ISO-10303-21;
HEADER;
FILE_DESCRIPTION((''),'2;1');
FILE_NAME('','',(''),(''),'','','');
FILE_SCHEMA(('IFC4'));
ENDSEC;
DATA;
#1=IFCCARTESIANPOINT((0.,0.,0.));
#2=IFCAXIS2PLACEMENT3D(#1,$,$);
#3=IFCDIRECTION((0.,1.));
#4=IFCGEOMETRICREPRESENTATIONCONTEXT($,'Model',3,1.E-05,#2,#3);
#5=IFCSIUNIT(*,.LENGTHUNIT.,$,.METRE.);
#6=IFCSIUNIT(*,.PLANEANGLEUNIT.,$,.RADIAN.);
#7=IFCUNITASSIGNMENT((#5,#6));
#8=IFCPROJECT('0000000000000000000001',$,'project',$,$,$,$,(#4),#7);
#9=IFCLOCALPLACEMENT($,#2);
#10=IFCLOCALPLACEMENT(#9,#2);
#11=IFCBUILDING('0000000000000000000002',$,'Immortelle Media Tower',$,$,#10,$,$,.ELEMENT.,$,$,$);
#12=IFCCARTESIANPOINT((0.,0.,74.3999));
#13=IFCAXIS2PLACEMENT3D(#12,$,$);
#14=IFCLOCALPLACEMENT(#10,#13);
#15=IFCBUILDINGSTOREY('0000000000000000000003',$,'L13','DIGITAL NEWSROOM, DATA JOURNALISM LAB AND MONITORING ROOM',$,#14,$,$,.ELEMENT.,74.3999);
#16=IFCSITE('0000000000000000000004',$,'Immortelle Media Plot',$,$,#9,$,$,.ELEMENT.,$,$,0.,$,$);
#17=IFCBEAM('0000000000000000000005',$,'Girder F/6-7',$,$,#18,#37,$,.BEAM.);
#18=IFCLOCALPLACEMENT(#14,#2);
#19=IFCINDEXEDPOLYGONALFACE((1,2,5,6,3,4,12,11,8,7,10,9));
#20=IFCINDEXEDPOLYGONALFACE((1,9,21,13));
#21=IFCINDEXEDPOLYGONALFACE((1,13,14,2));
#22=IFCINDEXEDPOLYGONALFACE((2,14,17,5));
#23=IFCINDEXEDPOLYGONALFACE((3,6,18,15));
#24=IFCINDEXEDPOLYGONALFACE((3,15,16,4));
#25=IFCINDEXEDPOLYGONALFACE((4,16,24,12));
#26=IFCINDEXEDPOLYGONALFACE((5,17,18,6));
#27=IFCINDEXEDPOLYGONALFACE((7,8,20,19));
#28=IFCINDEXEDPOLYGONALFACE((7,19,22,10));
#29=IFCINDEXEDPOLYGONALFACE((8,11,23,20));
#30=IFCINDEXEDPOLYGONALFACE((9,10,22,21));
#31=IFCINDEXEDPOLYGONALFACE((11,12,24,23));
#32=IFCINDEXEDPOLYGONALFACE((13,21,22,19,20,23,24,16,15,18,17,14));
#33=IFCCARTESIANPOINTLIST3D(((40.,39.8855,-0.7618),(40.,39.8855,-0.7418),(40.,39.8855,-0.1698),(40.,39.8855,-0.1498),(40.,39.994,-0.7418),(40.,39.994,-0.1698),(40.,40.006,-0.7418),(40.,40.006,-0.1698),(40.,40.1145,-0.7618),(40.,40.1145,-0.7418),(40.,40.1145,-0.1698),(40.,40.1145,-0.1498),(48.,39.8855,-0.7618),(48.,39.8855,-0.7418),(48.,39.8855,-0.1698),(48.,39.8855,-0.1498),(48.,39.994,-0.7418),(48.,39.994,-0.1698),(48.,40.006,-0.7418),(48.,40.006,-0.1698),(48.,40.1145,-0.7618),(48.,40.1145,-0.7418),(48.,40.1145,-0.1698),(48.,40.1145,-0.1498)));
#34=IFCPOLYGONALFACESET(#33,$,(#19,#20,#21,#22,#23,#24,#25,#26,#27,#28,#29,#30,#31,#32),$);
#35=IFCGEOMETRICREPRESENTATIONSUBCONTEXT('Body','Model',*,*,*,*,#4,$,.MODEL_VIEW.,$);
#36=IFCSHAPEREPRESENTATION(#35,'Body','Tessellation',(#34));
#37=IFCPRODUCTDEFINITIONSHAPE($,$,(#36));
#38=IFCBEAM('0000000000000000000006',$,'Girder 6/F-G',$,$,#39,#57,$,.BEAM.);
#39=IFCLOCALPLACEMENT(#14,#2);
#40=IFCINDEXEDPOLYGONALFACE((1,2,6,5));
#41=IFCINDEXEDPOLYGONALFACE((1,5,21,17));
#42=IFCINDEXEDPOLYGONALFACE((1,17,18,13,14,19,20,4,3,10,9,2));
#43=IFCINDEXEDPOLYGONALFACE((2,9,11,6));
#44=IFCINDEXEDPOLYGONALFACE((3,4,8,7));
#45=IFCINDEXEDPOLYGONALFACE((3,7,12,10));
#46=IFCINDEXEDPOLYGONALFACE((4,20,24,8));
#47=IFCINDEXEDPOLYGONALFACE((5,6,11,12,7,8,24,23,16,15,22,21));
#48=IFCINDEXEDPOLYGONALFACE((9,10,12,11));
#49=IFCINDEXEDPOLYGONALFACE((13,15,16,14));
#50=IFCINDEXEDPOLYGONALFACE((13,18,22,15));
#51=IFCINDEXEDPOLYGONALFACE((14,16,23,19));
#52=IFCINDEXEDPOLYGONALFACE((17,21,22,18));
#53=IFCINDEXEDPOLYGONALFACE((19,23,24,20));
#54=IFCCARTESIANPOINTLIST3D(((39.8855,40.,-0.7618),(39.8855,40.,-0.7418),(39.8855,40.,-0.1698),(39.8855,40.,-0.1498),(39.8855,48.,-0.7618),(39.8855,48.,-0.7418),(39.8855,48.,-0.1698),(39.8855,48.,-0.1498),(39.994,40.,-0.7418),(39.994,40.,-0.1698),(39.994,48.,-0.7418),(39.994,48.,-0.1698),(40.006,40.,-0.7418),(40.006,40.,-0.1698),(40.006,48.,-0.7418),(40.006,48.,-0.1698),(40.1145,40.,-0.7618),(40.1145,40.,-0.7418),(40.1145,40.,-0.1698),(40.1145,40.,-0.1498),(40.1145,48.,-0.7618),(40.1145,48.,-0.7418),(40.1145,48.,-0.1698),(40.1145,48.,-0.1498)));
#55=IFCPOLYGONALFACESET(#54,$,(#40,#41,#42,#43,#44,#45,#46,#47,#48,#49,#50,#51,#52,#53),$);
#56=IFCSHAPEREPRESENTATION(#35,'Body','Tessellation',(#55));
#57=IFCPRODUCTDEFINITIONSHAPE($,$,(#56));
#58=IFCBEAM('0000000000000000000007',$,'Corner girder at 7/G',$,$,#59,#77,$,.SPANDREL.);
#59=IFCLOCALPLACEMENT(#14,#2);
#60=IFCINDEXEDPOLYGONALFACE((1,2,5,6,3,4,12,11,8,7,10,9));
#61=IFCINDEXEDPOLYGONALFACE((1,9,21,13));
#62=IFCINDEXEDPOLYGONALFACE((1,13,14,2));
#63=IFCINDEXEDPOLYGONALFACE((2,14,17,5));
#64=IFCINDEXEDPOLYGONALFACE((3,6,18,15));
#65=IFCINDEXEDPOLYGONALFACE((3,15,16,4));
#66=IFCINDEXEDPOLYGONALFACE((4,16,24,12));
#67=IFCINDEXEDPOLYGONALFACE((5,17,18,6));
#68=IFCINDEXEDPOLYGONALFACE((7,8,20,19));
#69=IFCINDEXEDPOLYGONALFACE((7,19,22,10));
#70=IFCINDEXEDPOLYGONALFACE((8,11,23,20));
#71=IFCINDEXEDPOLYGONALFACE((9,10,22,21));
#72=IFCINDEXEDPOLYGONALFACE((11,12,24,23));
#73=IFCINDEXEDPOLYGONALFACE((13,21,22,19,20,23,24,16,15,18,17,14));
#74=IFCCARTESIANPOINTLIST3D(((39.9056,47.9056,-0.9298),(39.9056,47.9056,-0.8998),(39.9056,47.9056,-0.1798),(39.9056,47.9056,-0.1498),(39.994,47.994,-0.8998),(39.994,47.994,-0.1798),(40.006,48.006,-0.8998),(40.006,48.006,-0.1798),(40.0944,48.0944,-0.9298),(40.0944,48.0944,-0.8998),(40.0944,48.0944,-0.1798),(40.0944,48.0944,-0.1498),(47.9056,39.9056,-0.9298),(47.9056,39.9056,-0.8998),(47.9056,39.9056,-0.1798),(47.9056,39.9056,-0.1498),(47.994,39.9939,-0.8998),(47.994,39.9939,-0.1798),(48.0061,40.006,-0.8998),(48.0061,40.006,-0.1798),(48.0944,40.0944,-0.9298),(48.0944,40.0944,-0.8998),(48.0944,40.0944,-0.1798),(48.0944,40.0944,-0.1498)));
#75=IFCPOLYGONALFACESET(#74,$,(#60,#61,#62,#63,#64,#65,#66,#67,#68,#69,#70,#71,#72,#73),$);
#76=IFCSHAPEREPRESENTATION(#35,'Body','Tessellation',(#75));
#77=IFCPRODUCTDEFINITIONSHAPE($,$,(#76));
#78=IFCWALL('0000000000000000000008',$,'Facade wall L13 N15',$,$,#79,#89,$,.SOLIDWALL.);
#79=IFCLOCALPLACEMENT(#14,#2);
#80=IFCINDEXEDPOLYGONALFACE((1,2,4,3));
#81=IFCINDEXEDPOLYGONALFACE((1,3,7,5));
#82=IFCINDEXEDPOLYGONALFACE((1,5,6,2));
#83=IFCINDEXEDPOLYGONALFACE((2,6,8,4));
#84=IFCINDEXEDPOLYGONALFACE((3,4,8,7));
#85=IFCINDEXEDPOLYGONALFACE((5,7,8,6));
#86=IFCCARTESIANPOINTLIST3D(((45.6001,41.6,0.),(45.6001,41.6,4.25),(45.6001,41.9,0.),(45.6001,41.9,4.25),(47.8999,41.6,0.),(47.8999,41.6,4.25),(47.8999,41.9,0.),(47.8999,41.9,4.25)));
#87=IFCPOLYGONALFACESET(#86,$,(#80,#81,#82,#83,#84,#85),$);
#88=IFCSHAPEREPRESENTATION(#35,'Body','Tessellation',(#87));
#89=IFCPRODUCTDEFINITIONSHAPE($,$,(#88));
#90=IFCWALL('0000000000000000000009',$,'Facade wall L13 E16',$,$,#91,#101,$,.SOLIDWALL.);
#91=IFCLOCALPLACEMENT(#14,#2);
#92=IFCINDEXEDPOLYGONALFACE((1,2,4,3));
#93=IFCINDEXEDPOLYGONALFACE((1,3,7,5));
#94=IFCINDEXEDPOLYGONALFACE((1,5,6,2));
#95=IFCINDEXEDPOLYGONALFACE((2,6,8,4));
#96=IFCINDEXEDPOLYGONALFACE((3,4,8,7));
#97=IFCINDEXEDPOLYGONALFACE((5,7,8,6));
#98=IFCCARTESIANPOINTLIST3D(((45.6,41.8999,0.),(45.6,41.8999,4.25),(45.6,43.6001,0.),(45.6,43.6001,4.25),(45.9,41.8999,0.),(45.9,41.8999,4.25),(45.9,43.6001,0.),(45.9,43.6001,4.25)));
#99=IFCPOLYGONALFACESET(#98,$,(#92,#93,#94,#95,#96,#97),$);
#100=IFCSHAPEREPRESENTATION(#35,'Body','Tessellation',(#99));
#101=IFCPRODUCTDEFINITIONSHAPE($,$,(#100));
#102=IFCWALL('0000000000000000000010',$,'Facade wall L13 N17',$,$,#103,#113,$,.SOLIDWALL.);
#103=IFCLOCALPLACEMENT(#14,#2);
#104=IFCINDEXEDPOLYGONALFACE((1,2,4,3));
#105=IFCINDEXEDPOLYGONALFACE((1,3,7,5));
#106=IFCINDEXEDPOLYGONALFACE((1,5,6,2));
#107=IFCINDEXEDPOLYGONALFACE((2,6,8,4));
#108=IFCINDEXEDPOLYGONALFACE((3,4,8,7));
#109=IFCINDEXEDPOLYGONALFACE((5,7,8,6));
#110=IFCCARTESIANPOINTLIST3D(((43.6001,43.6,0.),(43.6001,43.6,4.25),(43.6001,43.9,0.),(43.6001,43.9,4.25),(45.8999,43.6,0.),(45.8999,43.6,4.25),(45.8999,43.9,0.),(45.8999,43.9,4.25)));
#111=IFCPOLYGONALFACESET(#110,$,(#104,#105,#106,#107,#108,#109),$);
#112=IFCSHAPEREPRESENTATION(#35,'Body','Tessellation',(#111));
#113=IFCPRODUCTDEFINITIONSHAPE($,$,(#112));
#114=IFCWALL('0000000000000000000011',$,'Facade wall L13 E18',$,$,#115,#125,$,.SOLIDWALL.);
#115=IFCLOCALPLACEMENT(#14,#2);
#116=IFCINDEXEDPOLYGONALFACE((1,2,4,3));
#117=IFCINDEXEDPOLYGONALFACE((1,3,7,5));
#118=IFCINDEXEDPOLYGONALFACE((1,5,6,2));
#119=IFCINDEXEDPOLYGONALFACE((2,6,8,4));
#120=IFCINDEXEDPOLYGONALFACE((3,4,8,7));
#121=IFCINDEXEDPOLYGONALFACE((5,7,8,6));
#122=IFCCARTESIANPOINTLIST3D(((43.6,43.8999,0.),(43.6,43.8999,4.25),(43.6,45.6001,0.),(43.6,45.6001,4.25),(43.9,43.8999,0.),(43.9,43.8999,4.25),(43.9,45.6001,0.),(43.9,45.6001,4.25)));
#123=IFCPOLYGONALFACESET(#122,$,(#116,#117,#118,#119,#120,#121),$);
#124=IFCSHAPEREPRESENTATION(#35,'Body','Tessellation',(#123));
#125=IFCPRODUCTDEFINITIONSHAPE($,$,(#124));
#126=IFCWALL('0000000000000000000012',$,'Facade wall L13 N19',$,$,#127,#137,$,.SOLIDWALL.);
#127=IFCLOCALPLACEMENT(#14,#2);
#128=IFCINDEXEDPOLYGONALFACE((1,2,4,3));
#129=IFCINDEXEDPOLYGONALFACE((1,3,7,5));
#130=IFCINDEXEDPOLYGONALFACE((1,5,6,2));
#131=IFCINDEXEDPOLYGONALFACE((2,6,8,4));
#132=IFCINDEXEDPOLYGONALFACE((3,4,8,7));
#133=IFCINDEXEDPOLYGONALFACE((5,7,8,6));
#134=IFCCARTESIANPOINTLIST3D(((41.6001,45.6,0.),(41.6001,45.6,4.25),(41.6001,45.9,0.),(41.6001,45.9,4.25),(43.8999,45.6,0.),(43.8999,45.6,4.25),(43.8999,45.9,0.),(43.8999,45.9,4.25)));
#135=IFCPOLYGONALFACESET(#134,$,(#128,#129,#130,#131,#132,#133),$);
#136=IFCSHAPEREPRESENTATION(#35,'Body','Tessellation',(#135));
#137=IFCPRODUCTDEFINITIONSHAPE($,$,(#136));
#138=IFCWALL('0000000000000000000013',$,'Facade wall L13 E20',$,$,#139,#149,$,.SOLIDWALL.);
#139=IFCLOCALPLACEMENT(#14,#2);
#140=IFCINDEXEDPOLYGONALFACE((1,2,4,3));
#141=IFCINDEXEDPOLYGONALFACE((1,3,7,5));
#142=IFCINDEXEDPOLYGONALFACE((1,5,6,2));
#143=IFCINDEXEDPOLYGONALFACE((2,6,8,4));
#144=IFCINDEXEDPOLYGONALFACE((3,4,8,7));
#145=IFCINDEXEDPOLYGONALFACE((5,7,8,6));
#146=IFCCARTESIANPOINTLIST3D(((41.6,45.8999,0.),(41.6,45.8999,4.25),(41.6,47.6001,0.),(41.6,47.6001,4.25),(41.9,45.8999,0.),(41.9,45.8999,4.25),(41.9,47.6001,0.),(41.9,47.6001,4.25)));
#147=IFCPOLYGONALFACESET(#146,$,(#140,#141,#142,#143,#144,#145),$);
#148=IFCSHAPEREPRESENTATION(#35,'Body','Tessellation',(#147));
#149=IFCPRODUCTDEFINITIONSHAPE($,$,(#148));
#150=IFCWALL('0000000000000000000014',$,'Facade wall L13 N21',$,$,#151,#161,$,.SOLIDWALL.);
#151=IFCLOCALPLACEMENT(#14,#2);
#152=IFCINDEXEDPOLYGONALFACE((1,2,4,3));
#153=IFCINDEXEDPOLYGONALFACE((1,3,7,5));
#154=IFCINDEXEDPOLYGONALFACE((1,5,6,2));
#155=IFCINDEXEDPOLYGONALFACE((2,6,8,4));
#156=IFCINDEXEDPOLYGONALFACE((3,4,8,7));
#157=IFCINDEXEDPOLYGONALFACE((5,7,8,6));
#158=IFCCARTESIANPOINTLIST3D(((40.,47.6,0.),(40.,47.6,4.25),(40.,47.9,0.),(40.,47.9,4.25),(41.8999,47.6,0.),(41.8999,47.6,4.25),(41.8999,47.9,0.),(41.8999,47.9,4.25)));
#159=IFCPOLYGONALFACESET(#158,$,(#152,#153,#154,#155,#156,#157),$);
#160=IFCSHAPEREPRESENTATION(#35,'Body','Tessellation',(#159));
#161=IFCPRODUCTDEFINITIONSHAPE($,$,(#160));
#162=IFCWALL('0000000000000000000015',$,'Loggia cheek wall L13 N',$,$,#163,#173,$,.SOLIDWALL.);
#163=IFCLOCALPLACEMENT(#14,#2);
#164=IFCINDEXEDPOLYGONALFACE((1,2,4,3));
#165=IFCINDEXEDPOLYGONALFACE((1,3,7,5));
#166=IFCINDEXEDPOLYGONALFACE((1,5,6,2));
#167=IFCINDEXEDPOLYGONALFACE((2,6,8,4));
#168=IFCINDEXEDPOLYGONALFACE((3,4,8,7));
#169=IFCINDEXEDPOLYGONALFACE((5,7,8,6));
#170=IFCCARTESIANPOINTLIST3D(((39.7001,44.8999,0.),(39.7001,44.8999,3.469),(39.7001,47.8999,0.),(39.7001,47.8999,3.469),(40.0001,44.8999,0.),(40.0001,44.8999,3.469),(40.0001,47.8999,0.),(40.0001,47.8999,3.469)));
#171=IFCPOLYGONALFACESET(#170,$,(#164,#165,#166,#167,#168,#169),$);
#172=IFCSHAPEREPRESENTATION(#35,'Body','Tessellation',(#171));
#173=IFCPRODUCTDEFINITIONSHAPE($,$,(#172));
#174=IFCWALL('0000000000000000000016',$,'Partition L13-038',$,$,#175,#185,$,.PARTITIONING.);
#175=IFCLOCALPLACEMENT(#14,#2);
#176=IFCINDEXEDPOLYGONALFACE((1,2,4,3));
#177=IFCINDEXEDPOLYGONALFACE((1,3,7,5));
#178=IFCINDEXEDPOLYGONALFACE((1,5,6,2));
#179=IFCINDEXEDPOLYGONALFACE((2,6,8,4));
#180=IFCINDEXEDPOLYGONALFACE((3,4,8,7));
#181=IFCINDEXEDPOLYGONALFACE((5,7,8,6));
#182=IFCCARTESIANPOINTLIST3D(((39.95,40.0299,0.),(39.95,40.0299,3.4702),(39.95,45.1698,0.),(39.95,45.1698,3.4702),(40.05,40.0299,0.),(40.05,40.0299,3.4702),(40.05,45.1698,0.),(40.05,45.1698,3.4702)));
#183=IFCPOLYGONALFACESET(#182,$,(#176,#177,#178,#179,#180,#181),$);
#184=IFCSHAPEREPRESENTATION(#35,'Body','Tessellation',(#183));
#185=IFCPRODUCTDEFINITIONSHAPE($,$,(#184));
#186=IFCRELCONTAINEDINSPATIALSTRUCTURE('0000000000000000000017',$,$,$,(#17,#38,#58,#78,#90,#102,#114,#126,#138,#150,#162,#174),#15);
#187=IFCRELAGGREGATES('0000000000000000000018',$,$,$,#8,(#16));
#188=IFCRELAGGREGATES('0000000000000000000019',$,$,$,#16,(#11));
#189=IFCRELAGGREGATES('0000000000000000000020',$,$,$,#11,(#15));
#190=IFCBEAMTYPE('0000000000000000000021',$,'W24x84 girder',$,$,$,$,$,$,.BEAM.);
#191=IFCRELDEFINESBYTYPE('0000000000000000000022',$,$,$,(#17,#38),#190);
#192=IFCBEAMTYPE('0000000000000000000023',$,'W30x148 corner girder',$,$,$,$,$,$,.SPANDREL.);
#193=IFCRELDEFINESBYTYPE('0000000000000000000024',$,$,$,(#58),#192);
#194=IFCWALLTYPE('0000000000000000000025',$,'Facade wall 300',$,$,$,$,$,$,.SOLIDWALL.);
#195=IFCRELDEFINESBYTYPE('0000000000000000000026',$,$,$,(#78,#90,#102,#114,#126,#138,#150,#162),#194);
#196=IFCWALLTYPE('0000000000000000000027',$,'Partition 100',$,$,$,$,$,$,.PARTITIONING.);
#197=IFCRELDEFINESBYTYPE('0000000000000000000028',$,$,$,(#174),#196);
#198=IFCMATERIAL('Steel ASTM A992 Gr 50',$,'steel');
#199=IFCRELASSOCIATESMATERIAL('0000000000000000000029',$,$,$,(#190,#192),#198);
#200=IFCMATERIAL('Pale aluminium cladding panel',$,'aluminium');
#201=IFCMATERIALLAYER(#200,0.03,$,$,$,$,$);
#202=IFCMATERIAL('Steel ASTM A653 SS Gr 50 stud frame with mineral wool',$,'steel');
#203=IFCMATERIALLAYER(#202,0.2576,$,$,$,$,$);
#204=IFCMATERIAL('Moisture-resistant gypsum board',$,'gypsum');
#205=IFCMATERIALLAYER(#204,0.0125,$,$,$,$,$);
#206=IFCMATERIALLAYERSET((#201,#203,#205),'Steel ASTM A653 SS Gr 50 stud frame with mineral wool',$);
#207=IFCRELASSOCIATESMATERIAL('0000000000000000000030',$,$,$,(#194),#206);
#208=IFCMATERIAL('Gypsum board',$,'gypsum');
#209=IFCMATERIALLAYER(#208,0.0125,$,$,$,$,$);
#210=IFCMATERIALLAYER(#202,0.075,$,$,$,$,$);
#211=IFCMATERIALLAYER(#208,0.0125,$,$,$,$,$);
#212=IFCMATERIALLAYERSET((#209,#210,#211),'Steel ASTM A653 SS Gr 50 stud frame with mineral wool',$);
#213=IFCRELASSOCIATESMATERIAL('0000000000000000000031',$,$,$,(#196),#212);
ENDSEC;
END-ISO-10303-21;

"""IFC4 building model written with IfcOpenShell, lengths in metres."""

from ifc_helpers import new_model, si_unit, direction, frame, frame_2d, origin, origin_2d, place, context, subcontext, project, spatial, rectangle, i_section, extrude, material, layer, layer_set, material_profile, profile_set, type_object, element, save


model = new_model("IFC4")

# Units and contexts
model_context = context("Model", 3, precision=1e-05, world=origin(), true_north=direction((0.0, 1.0)))
body_context = subcontext(model_context, "Body", "Model", "MODEL_VIEW")
ifc_project = project(units=[si_unit("LENGTHUNIT", "METRE"), si_unit("PLANEANGLEUNIT", "RADIAN")], contexts=[model_context])

# Site, building, storey
site_placement = place(None, origin())
site = spatial("IfcSite", under=ifc_project, at=site_placement, Name="Immortelle Media Plot", CompositionType="ELEMENT", RefElevation=0.0)
building_placement = place(site_placement, origin())
building = spatial("IfcBuilding", under=site, at=building_placement, Name="Immortelle Media Tower", CompositionType="ELEMENT")
storey_placement = place(building_placement, frame((0.0, 0.0, 74.3999)))
storey = spatial("IfcBuildingStorey", under=building, at=storey_placement, Name="L13", Description="DIGITAL NEWSROOM, DATA JOURNALISM LAB AND MONITORING ROOM", CompositionType="ELEMENT", Elevation=74.3999)

# Shared definitions
ifc_material_1 = material(Name="Steel ASTM A992 Gr 50", Category="steel")

# Beams
ifc_material_profile_1 = material_profile(ifc_material_1, i_section(OverallWidth=0.229, OverallDepth=0.6121, WebThickness=0.012, FlangeThickness=0.02, at=origin_2d()), Name="W24x84")
ifc_profile_set_1 = profile_set([ifc_material_profile_1], Name="Steel ASTM A992 Gr 50")
beam_type_1 = type_object("IfcBeamType", Name="W24x84 girder", PredefinedType="BEAM", material=ifc_profile_set_1)
for number, where, z_axis, x_axis, name in (
    (1, (40.0, 40.0, -0.4558), (1.0, 0.0, 0.0), (0.0, 1.0, 0.0), "Girder F/6-7"),
    (2, (40.0, 40.0, -0.4558), (0.0, 1.0, 0.0), (-1.0, 0.0, 0.0), "Girder 6/F-G"),
):
    element("IfcBeam", number, at=place(storey_placement, frame(where, z_axis=z_axis, x_axis=x_axis)), inside=storey, type_object=beam_type_1, Name=name, PredefinedType="BEAM", context=body_context, shape_type="SweptSolid", body=[
        extrude(i_section(OverallWidth=0.229, OverallDepth=0.6121, WebThickness=0.012, FlangeThickness=0.02, at=origin_2d()), origin(), (0.0, 0.0, 1.0), 8.0),
    ])
ifc_material_profile_2 = material_profile(ifc_material_1, i_section(OverallWidth=0.2671, OverallDepth=0.78, WebThickness=0.0171, FlangeThickness=0.03, at=origin_2d()), Name="W30x148")
ifc_profile_set_2 = profile_set([ifc_material_profile_2], Name="Steel ASTM A992 Gr 50")
beam_type_2 = type_object("IfcBeamType", Name="W30x148 corner girder", PredefinedType="SPANDREL", material=ifc_profile_set_2)
beam_1_placement = place(storey_placement, frame((40.0, 48.0, -0.5398), z_axis=(0.707107, -0.707107, 0.0), x_axis=(0.707107, 0.707107, 0.0)))
element("IfcBeam", 3, at=beam_1_placement, inside=storey, type_object=beam_type_2, Name="Corner girder at 7/G", PredefinedType="SPANDREL", context=body_context, shape_type="SweptSolid", body=[
    extrude(i_section(OverallWidth=0.2671, OverallDepth=0.78, WebThickness=0.0171, FlangeThickness=0.03, at=origin_2d()), origin(), (0.0, 0.0, 1.0), 11.3137),
])

# Walls
ifc_material_2 = material(Name="Pale aluminium cladding panel", Category="aluminium")
ifc_layer_1 = layer(ifc_material_2, 0.03)
ifc_material_3 = material(Name="Steel ASTM A653 SS Gr 50 stud frame with mineral wool", Category="steel")
ifc_layer_2 = layer(ifc_material_3, 0.2576)
ifc_material_4 = material(Name="Moisture-resistant gypsum board", Category="gypsum")
ifc_layer_3 = layer(ifc_material_4, 0.0125)
ifc_layer_set_1 = layer_set([ifc_layer_1, ifc_layer_2, ifc_layer_3], Name="Steel ASTM A653 SS Gr 50 stud frame with mineral wool")
wall_type_1 = type_object("IfcWallType", Name="Facade wall 300", PredefinedType="SOLIDWALL", material=ifc_layer_set_1)
wall_1_placement = place(storey_placement, frame((47.8999, 41.75, 0.0), z_axis=(0.0, 0.0, 1.0), x_axis=(-1.0, 0.0, 0.0)))
element("IfcWall", 4, at=wall_1_placement, inside=storey, type_object=wall_type_1, Name="Facade wall L13 N15", PredefinedType="SOLIDWALL", context=body_context, shape_type="SweptSolid", body=[
    extrude(rectangle(XDim=2.2998, YDim=0.3, at=frame_2d((1.1499, 0.0))), origin(), (0.0, 0.0, 1.0), 4.25),
])
wall_2_placement = place(storey_placement, frame((45.75, 41.8999, 0.0), z_axis=(0.0, 0.0, 1.0), x_axis=(0.0, 1.0, 0.0)))
element("IfcWall", 5, at=wall_2_placement, inside=storey, type_object=wall_type_1, Name="Facade wall L13 E16", PredefinedType="SOLIDWALL", context=body_context, shape_type="SweptSolid", body=[
    extrude(rectangle(XDim=1.7002, YDim=0.3, at=frame_2d((0.8501, 0.0))), origin(), (0.0, 0.0, 1.0), 4.25),
])
wall_3_placement = place(storey_placement, frame((45.8999, 43.75, 0.0), z_axis=(0.0, 0.0, 1.0), x_axis=(-1.0, 0.0, 0.0)))
element("IfcWall", 6, at=wall_3_placement, inside=storey, type_object=wall_type_1, Name="Facade wall L13 N17", PredefinedType="SOLIDWALL", context=body_context, shape_type="SweptSolid", body=[
    extrude(rectangle(XDim=2.2998, YDim=0.3, at=frame_2d((1.1499, 0.0))), origin(), (0.0, 0.0, 1.0), 4.25),
])
wall_4_placement = place(storey_placement, frame((43.75, 43.8999, 0.0), z_axis=(0.0, 0.0, 1.0), x_axis=(0.0, 1.0, 0.0)))
element("IfcWall", 7, at=wall_4_placement, inside=storey, type_object=wall_type_1, Name="Facade wall L13 E18", PredefinedType="SOLIDWALL", context=body_context, shape_type="SweptSolid", body=[
    extrude(rectangle(XDim=1.7002, YDim=0.3, at=frame_2d((0.8501, 0.0))), origin(), (0.0, 0.0, 1.0), 4.25),
])
wall_5_placement = place(storey_placement, frame((43.8999, 45.75, 0.0), z_axis=(0.0, 0.0, 1.0), x_axis=(-1.0, 0.0, 0.0)))
element("IfcWall", 8, at=wall_5_placement, inside=storey, type_object=wall_type_1, Name="Facade wall L13 N19", PredefinedType="SOLIDWALL", context=body_context, shape_type="SweptSolid", body=[
    extrude(rectangle(XDim=2.2998, YDim=0.3, at=frame_2d((1.1499, 0.0))), origin(), (0.0, 0.0, 1.0), 4.25),
])
wall_6_placement = place(storey_placement, frame((41.75, 45.8999, 0.0), z_axis=(0.0, 0.0, 1.0), x_axis=(0.0, 1.0, 0.0)))
element("IfcWall", 9, at=wall_6_placement, inside=storey, type_object=wall_type_1, Name="Facade wall L13 E20", PredefinedType="SOLIDWALL", context=body_context, shape_type="SweptSolid", body=[
    extrude(rectangle(XDim=1.7002, YDim=0.3, at=frame_2d((0.8501, 0.0))), origin(), (0.0, 0.0, 1.0), 4.25),
])
wall_7_placement = place(storey_placement, frame((41.8999, 47.75, 0.0), z_axis=(0.0, 0.0, 1.0), x_axis=(-1.0, 0.0, 0.0)))
element("IfcWall", 10, at=wall_7_placement, inside=storey, type_object=wall_type_1, Name="Facade wall L13 N21", PredefinedType="SOLIDWALL", context=body_context, shape_type="SweptSolid", body=[
    extrude(rectangle(XDim=1.8999, YDim=0.3, at=frame_2d((0.95, 0.0))), origin(), (0.0, 0.0, 1.0), 4.25),
])

# Walls
wall_8_placement = place(storey_placement, frame((39.8501, 47.8999, 0.0), z_axis=(0.0, 0.0, 1.0), x_axis=(0.0, -1.0, 0.0)))
element("IfcWall", 11, at=wall_8_placement, inside=storey, type_object=wall_type_1, Name="Loggia cheek wall L13 N", PredefinedType="SOLIDWALL", context=body_context, shape_type="SweptSolid", body=[
    extrude(rectangle(XDim=3.0, YDim=0.3, at=frame_2d((1.5, 0.0))), origin(), (0.0, 0.0, 1.0), 3.469),
])
ifc_material_5 = material(Name="Gypsum board", Category="gypsum")
ifc_layer_4 = layer(ifc_material_5, 0.0125)
ifc_layer_5 = layer(ifc_material_3, 0.075)
ifc_layer_6 = layer(ifc_material_5, 0.0125)
ifc_layer_set_2 = layer_set([ifc_layer_4, ifc_layer_5, ifc_layer_6], Name="Steel ASTM A653 SS Gr 50 stud frame with mineral wool")
wall_type_2 = type_object("IfcWallType", Name="Partition 100", PredefinedType="PARTITIONING", material=ifc_layer_set_2)
wall_9_placement = place(storey_placement, frame((40.0, 40.03, 0.0), z_axis=(0.0, 0.0, 1.0), x_axis=(0.0, 1.0, 0.0)))
element("IfcWall", 12, at=wall_9_placement, inside=storey, type_object=wall_type_2, Name="Partition L13-038", PredefinedType="PARTITIONING", context=body_context, shape_type="SweptSolid", body=[
    extrude(rectangle(XDim=5.1399, YDim=0.1001, at=frame_2d((2.5698, 0.0))), origin(), (0.0, 0.0, 1.0), 3.4702),
])

save(model, "model.ifc")
